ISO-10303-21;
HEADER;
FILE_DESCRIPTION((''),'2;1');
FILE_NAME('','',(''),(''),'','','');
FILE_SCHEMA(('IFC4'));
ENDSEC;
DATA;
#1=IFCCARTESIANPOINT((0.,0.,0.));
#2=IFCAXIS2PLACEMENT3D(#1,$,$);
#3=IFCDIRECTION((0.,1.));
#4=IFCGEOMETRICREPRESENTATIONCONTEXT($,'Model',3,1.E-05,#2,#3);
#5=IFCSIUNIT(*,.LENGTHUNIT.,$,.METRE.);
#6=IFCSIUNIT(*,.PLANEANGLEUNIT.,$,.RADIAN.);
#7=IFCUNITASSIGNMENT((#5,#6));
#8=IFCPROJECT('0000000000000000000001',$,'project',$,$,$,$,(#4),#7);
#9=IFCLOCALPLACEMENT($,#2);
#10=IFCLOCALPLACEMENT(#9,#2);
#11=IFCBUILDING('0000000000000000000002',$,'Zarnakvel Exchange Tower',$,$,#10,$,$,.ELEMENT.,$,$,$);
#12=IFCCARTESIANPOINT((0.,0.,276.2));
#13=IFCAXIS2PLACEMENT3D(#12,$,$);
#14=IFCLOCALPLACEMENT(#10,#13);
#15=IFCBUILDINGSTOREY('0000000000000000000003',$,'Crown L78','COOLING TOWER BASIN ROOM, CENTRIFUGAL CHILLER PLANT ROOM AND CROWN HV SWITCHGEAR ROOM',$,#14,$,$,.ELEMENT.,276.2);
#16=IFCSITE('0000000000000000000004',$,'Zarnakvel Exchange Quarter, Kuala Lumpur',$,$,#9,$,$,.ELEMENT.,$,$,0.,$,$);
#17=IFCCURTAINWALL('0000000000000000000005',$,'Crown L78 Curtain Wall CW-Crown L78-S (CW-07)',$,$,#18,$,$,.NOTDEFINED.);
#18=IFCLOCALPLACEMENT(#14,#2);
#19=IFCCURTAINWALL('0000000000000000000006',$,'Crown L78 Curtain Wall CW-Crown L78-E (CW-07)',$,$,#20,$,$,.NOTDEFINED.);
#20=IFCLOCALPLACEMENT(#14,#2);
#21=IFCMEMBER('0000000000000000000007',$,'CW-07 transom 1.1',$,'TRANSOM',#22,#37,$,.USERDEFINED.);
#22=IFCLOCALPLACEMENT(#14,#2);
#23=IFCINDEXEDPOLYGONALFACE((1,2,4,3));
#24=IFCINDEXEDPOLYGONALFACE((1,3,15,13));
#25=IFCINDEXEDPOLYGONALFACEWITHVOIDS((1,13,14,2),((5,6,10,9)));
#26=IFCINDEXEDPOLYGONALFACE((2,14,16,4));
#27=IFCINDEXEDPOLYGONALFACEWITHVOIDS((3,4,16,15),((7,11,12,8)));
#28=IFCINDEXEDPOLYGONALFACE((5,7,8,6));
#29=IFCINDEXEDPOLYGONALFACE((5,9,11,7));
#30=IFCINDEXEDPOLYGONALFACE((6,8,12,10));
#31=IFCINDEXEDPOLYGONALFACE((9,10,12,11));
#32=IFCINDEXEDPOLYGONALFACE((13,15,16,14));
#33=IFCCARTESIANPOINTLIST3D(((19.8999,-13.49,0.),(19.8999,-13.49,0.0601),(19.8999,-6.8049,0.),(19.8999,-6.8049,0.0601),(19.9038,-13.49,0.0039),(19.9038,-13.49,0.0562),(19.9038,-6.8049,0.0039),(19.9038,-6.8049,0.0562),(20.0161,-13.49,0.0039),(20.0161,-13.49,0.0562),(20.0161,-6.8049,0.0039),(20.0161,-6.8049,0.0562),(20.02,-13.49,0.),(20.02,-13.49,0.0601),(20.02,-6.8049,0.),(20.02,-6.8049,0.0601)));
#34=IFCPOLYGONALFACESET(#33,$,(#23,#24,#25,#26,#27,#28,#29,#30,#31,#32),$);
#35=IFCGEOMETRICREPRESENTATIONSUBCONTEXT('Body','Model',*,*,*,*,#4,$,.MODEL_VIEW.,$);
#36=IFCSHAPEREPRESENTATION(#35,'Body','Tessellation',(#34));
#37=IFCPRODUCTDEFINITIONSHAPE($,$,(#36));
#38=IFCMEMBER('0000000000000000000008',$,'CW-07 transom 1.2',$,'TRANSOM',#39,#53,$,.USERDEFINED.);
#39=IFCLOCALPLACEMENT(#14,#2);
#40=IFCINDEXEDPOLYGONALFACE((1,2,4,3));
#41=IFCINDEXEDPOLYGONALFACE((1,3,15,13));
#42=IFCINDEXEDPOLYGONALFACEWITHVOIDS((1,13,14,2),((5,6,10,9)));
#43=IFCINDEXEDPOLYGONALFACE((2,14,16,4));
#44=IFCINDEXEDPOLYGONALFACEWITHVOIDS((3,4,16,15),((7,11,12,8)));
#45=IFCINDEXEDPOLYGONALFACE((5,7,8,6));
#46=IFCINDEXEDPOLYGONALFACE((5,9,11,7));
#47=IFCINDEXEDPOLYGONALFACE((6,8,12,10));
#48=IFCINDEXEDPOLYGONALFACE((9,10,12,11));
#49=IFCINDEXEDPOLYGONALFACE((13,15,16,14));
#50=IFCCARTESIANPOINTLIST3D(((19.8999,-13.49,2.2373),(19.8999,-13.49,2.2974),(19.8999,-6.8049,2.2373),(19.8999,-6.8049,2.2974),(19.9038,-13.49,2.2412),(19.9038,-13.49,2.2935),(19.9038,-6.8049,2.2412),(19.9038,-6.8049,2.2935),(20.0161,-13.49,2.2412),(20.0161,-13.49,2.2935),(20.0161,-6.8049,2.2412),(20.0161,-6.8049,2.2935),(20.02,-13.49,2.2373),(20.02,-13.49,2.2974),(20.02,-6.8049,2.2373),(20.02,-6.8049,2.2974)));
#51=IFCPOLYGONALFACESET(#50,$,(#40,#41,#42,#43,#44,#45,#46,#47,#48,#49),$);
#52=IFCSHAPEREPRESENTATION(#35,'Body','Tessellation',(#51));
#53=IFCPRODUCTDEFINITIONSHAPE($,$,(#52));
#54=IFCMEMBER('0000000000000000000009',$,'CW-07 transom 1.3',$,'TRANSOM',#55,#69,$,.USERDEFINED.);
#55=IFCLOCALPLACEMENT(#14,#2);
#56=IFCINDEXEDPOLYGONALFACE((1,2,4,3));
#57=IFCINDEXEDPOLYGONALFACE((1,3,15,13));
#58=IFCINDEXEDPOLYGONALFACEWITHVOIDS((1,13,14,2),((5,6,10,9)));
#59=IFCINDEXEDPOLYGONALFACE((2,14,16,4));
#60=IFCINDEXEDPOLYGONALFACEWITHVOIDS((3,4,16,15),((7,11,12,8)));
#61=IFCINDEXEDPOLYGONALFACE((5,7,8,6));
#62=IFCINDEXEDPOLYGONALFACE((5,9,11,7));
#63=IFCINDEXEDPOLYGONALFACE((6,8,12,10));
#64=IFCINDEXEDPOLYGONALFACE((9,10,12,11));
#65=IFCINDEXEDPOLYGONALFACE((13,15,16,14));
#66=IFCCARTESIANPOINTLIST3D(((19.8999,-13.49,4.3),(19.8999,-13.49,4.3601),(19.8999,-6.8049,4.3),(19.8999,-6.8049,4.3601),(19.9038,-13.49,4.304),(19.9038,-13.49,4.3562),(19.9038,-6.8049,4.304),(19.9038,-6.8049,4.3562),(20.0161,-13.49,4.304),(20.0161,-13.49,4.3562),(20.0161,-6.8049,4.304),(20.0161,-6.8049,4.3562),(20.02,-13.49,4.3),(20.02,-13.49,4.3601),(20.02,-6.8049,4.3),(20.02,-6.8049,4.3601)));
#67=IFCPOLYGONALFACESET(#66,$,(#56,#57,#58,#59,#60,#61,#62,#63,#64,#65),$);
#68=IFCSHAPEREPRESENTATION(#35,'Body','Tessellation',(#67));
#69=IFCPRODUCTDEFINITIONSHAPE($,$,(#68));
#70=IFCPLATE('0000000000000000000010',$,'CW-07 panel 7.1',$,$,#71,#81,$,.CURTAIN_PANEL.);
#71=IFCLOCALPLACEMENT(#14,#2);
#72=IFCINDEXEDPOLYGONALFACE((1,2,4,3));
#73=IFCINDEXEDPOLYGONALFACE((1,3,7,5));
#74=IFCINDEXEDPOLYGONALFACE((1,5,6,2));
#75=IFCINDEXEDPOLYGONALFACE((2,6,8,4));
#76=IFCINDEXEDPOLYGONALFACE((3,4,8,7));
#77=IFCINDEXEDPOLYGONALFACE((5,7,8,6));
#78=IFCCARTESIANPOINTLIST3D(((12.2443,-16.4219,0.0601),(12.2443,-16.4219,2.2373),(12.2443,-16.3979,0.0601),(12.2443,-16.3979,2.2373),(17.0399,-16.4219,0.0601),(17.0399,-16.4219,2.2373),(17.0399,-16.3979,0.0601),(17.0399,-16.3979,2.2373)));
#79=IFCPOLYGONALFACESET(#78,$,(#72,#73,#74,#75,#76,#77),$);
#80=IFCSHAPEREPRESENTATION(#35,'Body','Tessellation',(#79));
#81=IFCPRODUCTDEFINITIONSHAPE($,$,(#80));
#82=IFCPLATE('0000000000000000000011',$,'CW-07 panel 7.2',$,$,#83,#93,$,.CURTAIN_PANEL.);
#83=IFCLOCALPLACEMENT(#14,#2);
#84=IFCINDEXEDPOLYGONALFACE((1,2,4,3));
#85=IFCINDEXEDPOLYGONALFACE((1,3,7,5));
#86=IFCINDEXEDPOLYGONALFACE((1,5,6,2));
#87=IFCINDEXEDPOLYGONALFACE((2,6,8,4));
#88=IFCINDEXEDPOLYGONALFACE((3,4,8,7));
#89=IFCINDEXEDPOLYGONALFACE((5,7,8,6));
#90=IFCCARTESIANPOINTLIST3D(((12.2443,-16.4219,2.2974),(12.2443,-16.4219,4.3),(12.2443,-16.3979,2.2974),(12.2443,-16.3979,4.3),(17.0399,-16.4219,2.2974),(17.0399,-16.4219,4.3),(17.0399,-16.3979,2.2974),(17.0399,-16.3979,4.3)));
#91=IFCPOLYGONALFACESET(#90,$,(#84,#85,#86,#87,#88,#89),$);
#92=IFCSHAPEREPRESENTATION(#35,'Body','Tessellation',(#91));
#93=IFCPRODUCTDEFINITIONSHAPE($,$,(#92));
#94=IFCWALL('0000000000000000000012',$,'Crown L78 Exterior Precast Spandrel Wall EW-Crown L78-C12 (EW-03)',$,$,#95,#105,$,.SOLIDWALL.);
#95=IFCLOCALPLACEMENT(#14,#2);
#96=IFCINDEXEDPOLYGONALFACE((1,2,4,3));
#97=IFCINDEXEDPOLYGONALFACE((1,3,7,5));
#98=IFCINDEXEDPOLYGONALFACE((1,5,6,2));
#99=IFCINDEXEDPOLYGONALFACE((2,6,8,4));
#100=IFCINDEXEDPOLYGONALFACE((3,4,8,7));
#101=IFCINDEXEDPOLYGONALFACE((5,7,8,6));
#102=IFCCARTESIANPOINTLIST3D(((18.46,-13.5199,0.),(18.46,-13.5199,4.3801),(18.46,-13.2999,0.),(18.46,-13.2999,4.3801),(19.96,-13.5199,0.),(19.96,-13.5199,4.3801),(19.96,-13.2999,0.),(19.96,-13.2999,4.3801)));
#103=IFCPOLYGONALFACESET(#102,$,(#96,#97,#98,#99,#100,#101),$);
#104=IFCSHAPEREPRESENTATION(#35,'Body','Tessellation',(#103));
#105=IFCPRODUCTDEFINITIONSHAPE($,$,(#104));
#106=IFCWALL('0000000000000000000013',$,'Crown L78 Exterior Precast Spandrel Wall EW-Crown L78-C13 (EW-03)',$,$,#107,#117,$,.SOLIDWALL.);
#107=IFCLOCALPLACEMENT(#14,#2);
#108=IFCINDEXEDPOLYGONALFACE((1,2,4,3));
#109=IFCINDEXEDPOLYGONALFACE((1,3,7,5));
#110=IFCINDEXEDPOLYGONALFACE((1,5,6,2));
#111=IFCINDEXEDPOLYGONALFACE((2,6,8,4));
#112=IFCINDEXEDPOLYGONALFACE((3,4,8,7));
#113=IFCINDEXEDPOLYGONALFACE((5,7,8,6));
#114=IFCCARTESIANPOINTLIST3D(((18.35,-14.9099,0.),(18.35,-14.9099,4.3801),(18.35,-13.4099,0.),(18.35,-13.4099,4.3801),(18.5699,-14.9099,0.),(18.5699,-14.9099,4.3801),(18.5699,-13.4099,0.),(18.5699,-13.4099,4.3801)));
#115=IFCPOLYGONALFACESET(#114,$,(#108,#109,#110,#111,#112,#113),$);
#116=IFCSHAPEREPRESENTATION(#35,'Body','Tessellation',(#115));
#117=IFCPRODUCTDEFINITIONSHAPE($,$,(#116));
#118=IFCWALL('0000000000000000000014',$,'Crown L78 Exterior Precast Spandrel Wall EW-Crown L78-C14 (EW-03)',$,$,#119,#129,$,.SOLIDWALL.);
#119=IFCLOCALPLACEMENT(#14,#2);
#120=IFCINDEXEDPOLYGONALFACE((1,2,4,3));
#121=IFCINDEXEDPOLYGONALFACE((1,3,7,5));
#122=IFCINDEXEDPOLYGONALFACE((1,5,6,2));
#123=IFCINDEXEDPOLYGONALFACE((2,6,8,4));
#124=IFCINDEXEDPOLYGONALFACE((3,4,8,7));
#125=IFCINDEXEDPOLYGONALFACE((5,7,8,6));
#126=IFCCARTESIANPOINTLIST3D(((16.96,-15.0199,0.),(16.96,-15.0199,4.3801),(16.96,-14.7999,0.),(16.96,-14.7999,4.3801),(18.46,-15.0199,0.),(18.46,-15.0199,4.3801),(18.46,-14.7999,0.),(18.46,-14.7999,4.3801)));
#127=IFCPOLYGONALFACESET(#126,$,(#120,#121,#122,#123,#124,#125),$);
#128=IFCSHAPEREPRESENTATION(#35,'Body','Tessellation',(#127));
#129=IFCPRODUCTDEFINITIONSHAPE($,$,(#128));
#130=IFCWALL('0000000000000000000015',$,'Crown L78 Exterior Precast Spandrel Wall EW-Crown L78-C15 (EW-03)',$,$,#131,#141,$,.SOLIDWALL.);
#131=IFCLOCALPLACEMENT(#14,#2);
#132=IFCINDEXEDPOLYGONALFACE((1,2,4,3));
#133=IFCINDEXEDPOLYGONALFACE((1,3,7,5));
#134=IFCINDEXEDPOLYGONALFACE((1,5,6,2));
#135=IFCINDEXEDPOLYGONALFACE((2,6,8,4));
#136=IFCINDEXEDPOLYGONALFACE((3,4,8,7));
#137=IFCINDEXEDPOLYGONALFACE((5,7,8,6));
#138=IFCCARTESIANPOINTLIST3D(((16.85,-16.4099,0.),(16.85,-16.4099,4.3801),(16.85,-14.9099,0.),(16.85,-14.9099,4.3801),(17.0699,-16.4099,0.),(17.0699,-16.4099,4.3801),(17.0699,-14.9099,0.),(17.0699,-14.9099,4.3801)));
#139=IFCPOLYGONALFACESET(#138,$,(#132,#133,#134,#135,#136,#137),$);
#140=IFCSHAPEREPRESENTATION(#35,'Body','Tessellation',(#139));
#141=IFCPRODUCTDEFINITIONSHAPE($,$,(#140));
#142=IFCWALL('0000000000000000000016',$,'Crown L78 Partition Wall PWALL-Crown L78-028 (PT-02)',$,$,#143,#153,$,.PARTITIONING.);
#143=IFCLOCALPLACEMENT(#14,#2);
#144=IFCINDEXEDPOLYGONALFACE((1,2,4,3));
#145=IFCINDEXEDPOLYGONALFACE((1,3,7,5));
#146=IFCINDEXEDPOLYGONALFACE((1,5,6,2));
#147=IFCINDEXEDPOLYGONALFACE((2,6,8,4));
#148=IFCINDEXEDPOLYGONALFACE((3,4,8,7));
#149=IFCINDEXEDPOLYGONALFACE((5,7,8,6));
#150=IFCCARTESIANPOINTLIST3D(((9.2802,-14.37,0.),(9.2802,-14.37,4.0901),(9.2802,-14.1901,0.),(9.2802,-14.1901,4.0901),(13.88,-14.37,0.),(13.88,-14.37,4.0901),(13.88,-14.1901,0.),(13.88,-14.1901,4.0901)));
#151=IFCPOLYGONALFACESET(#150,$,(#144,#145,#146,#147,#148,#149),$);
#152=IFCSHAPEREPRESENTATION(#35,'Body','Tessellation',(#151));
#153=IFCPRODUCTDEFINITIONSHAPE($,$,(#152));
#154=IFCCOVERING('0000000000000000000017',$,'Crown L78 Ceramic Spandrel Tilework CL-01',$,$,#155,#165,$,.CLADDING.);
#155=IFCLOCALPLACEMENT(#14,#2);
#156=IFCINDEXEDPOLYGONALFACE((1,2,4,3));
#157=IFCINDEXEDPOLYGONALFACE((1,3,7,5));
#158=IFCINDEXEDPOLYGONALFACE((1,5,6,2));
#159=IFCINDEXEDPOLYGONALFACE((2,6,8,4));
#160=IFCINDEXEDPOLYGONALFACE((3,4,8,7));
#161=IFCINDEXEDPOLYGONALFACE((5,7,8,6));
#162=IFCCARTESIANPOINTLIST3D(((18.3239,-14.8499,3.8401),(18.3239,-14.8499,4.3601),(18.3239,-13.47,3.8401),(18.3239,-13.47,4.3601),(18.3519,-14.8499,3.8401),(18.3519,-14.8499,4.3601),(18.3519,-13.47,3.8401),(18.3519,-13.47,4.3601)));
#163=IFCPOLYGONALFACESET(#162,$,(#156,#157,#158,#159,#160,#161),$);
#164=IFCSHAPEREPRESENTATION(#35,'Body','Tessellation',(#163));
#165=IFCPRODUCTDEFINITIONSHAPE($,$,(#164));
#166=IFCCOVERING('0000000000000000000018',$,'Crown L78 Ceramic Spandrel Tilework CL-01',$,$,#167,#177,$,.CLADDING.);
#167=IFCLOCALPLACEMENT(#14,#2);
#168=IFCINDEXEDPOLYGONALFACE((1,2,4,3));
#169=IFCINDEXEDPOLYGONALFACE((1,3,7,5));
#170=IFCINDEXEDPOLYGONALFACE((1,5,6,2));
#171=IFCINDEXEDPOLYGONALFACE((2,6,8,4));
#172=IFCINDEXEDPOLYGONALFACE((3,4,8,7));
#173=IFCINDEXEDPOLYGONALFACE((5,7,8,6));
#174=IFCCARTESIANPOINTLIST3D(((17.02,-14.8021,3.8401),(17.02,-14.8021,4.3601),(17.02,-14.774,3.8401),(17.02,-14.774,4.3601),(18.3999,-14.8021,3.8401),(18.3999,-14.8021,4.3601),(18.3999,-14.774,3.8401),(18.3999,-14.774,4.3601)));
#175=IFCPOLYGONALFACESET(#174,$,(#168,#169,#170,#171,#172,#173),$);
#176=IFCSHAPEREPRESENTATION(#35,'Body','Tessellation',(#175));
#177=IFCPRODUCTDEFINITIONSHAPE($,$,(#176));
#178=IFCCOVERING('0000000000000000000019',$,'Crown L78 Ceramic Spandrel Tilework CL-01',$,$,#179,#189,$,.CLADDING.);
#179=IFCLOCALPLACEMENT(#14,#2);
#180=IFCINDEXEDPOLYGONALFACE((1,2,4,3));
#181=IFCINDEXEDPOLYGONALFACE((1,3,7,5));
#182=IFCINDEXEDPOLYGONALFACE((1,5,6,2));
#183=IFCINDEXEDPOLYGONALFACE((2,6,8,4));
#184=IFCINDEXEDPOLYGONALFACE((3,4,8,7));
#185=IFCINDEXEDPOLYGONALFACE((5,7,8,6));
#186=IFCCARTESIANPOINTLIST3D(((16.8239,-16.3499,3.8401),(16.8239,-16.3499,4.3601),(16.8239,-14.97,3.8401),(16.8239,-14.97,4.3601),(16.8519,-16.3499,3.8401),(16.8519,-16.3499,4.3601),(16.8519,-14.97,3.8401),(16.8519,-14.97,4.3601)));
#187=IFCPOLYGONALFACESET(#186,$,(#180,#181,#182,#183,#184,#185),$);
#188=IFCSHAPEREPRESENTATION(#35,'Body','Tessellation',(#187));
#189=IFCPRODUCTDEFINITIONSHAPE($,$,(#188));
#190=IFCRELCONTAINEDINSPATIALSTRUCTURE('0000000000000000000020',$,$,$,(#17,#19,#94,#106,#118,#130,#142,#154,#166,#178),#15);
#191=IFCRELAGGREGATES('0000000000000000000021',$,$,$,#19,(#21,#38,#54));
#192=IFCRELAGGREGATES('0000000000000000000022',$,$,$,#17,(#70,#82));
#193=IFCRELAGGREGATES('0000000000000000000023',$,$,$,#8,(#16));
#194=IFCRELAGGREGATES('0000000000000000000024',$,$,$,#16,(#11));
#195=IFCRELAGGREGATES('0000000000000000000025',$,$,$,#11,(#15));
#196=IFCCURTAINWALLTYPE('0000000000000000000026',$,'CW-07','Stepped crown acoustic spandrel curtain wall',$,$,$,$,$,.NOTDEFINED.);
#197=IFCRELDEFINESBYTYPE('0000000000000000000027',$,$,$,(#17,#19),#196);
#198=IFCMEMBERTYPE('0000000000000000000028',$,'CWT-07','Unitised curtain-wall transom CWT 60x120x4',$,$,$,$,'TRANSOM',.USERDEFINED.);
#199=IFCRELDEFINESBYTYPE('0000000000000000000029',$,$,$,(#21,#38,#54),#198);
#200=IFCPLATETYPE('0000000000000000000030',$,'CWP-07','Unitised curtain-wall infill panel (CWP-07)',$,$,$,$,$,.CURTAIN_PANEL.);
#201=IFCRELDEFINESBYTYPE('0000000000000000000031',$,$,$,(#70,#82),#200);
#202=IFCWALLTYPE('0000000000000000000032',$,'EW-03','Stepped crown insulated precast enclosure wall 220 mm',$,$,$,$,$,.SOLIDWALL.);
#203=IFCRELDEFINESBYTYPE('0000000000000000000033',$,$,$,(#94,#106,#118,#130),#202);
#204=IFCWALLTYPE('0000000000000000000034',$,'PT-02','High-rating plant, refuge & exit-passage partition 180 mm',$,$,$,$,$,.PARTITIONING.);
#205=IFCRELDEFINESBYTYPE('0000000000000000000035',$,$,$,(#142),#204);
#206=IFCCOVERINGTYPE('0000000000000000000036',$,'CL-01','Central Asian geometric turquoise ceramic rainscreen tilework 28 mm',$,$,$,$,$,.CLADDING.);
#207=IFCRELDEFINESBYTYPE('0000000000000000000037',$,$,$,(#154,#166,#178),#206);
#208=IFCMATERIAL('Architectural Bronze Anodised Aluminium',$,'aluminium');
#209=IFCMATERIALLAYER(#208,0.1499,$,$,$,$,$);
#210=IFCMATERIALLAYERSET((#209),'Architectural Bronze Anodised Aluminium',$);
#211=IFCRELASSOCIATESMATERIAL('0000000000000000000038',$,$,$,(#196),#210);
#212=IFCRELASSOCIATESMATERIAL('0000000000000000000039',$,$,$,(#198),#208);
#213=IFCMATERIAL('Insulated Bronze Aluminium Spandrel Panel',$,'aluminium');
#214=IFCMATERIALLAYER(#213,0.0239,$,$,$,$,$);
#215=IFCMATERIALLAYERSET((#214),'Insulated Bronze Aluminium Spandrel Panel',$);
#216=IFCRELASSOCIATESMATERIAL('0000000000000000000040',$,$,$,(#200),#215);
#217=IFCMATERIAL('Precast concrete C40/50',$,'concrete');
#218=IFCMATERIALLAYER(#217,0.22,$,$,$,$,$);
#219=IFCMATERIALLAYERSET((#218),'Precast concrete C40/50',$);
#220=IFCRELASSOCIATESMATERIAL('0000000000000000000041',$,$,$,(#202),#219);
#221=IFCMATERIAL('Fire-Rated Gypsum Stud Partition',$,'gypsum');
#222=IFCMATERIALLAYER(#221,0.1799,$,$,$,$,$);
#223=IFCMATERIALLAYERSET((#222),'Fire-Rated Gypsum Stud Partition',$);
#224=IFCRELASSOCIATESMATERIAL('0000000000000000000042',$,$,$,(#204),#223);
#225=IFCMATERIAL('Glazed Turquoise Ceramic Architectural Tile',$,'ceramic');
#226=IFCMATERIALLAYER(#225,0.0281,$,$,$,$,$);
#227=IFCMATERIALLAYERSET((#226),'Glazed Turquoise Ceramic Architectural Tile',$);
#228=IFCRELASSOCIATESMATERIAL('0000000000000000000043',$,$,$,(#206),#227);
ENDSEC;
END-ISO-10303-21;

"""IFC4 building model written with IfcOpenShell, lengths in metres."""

from ifc_helpers import new_model, si_unit, direction, frame, frame_2d, origin, origin_2d, place, context, subcontext, project, spatial, rectangle, hollow_rectangle, extrude, source, transform, mapped, material, layer, layer_set, material_profile, profile_set, type_object, element, aggregate, save


model = new_model("IFC4")

# Units and contexts
model_context = context("Model", 3, precision=1e-05, world=origin(), true_north=direction((0.0, 1.0)))
body_context = subcontext(model_context, "Body", "Model", "MODEL_VIEW")
ifc_project = project(units=[si_unit("LENGTHUNIT", "METRE"), si_unit("PLANEANGLEUNIT", "RADIAN")], contexts=[model_context])

# Site, building, storey
site_placement = place(None, origin())
site = spatial("IfcSite", under=ifc_project, at=site_placement, Name="Zarnakvel Exchange Quarter, Kuala Lumpur", CompositionType="ELEMENT", RefElevation=0.0)
building_placement = place(site_placement, origin())
building = spatial("IfcBuilding", under=site, at=building_placement, Name="Zarnakvel Exchange Tower", CompositionType="ELEMENT")
storey_placement = place(building_placement, frame((0.0, 0.0, 276.2)))
storey = spatial("IfcBuildingStorey", under=building, at=storey_placement, Name="Crown L78", Description="COOLING TOWER BASIN ROOM, CENTRIFUGAL CHILLER PLANT ROOM AND CROWN HV SWITCHGEAR ROOM", CompositionType="ELEMENT", Elevation=276.2)

# Curtain walls
ifc_material_1 = material(Name="Architectural Bronze Anodised Aluminium", Category="aluminium")
ifc_layer_1 = layer(ifc_material_1, 0.1499)
ifc_layer_set_1 = layer_set([ifc_layer_1], Name="Architectural Bronze Anodised Aluminium")
curtain_wall_type = type_object("IfcCurtainWallType", Name="CW-07", Description="Stepped crown acoustic spandrel curtain wall", PredefinedType="NOTDEFINED", material=ifc_layer_set_1)
curtain_wall_1_placement = place(storey_placement, origin())
curtain_wall_1 = element("IfcCurtainWall", 1, at=curtain_wall_1_placement, inside=storey, type_object=curtain_wall_type, Name="Crown L78 Curtain Wall CW-Crown L78-S (CW-07)", PredefinedType="NOTDEFINED")
curtain_wall_2_placement = place(storey_placement, origin())
curtain_wall_2 = element("IfcCurtainWall", 2, at=curtain_wall_2_placement, inside=storey, type_object=curtain_wall_type, Name="Crown L78 Curtain Wall CW-Crown L78-E (CW-07)", PredefinedType="NOTDEFINED")

# Members
ifc_material_profile_1 = material_profile(ifc_material_1, hollow_rectangle(XDim=0.1201, YDim=0.0601, WallThickness=0.0039, at=origin_2d()))
ifc_profile_set_1 = profile_set([ifc_material_profile_1], Name="Architectural Bronze Anodised Aluminium")
member_type_1 = type_object("IfcMemberType", Name="CWT-07", Description="Unitised curtain-wall transom CWT 60x120x4", ElementType="TRANSOM", PredefinedType="USERDEFINED", material=ifc_profile_set_1)
shared_shape_1 = source(origin(), body_context, "Body", "SweptSolid", [
    extrude(hollow_rectangle(XDim=0.1201, YDim=0.0601, WallThickness=0.0039, at=origin_2d()), origin(), (0.0, 0.0, 1.0), 6.6851),
])
member_1_placement = place(storey_placement, frame((19.96, -13.49, 0.03), z_axis=(0.0, 1.0, 0.0), x_axis=(-1.0, 0.0, 0.0)))
member_1 = element("IfcMember", 3, at=member_1_placement, type_object=member_type_1, Name="CW-07 transom 1.1", ObjectType="TRANSOM", PredefinedType="USERDEFINED", context=body_context, shape_type="MappedRepresentation", body=[
    mapped(shared_shape_1, transform((0.0, 0.0, 0.0), x_axis=(1.0, 0.0, 0.0), y_axis=(0.0, 1.0, 0.0), z_axis=(0.0, 0.0, 1.0), scale=1.0)),
])
member_2_placement = place(storey_placement, frame((19.96, -13.49, 2.2673), z_axis=(0.0, 1.0, 0.0), x_axis=(-1.0, 0.0, 0.0)))
member_2 = element("IfcMember", 4, at=member_2_placement, type_object=member_type_1, Name="CW-07 transom 1.2", ObjectType="TRANSOM", PredefinedType="USERDEFINED", context=body_context, shape_type="MappedRepresentation", body=[
    mapped(shared_shape_1, transform((0.0, 0.0, 0.0), x_axis=(1.0, 0.0, 0.0), y_axis=(0.0, 1.0, 0.0), z_axis=(0.0, 0.0, 1.0), scale=1.0)),
])
member_3_placement = place(storey_placement, frame((19.96, -13.49, 4.3301), z_axis=(0.0, 1.0, 0.0), x_axis=(-1.0, 0.0, 0.0)))
member_3 = element("IfcMember", 5, at=member_3_placement, type_object=member_type_1, Name="CW-07 transom 1.3", ObjectType="TRANSOM", PredefinedType="USERDEFINED", context=body_context, shape_type="MappedRepresentation", body=[
    mapped(shared_shape_1, transform((0.0, 0.0, 0.0), x_axis=(1.0, 0.0, 0.0), y_axis=(0.0, 1.0, 0.0), z_axis=(0.0, 0.0, 1.0), scale=1.0)),
])
aggregate(curtain_wall_2, [member_1, member_2, member_3])

# Plates
ifc_material_2 = material(Name="Insulated Bronze Aluminium Spandrel Panel", Category="aluminium")
ifc_layer_2 = layer(ifc_material_2, 0.0239)
ifc_layer_set_2 = layer_set([ifc_layer_2], Name="Insulated Bronze Aluminium Spandrel Panel")
plate_type = type_object("IfcPlateType", Name="CWP-07", Description="Unitised curtain-wall infill panel (CWP-07)", PredefinedType="CURTAIN_PANEL", material=ifc_layer_set_2)
shared_shape_2 = source(origin(), body_context, "Body", "SweptSolid", [
    extrude(rectangle(XDim=4.7957, YDim=0.0239, at=origin_2d()), origin(), (0.0, 0.0, 1.0), 2.1772),
])
plate_1_placement = place(storey_placement, frame((14.6421, -16.4099, 0.0601), z_axis=(0.0, 0.0, 1.0), x_axis=(1.0, 0.0, 0.0)))
plate_1 = element("IfcPlate", 6, at=plate_1_placement, type_object=plate_type, Name="CW-07 panel 7.1", PredefinedType="CURTAIN_PANEL", context=body_context, shape_type="MappedRepresentation", body=[
    mapped(shared_shape_2, transform((0.0, 0.0, 0.0), x_axis=(1.0, 0.0, 0.0), y_axis=(0.0, 1.0, 0.0), z_axis=(0.0, 0.0, 1.0), scale=1.0)),
])
shared_shape_3 = source(origin(), body_context, "Body", "SweptSolid", [
    extrude(rectangle(XDim=4.7957, YDim=0.0239, at=origin_2d()), origin(), (0.0, 0.0, 1.0), 2.0027),
])
plate_2_placement = place(storey_placement, frame((14.6421, -16.4099, 2.2974), z_axis=(0.0, 0.0, 1.0), x_axis=(1.0, 0.0, 0.0)))
plate_2 = element("IfcPlate", 7, at=plate_2_placement, type_object=plate_type, Name="CW-07 panel 7.2", PredefinedType="CURTAIN_PANEL", context=body_context, shape_type="MappedRepresentation", body=[
    mapped(shared_shape_3, transform((0.0, 0.0, 0.0), x_axis=(1.0, 0.0, 0.0), y_axis=(0.0, 1.0, 0.0), z_axis=(0.0, 0.0, 1.0), scale=1.0)),
])
aggregate(curtain_wall_1, [plate_1, plate_2])

# Walls
ifc_material_3 = material(Name="Precast concrete C40/50", Category="concrete")
ifc_layer_3 = layer(ifc_material_3, 0.22)
ifc_layer_set_3 = layer_set([ifc_layer_3], Name="Precast concrete C40/50")
wall_type_1 = type_object("IfcWallType", Name="EW-03", Description="Stepped crown insulated precast enclosure wall 220 mm", PredefinedType="SOLIDWALL", material=ifc_layer_set_3)
for number, where, z_axis, x_axis, name in (
    (8, (18.46, -13.4099, 0.0), (0.0, 0.0, 1.0), (1.0, 0.0, 0.0), "Crown L78 Exterior Precast Spandrel Wall EW-Crown L78-C12 (EW-03)"),
    (9, (18.46, -14.9099, 0.0), (0.0, 0.0, 1.0), (0.0, 1.0, 0.0), "Crown L78 Exterior Precast Spandrel Wall EW-Crown L78-C13 (EW-03)"),
    (10, (16.96, -14.9099, 0.0), (0.0, 0.0, 1.0), (1.0, 0.0, 0.0), "Crown L78 Exterior Precast Spandrel Wall EW-Crown L78-C14 (EW-03)"),
    (11, (16.96, -16.4099, 0.0), (0.0, 0.0, 1.0), (0.0, 1.0, 0.0), "Crown L78 Exterior Precast Spandrel Wall EW-Crown L78-C15 (EW-03)"),
):
    element("IfcWall", number, at=place(storey_placement, frame(where, z_axis=z_axis, x_axis=x_axis)), inside=storey, type_object=wall_type_1, Name=name, PredefinedType="SOLIDWALL", context=body_context, shape_type="SweptSolid", body=[
        extrude(rectangle(XDim=1.5, YDim=0.22, at=frame_2d((0.75, 0.0))), origin(), (0.0, 0.0, 1.0), 4.3801),
    ])
ifc_material_4 = material(Name="Fire-Rated Gypsum Stud Partition", Category="gypsum")
ifc_layer_4 = layer(ifc_material_4, 0.1799)
ifc_layer_set_4 = layer_set([ifc_layer_4], Name="Fire-Rated Gypsum Stud Partition")
wall_type_2 = type_object("IfcWallType", Name="PT-02", Description="High-rating plant, refuge & exit-passage partition 180 mm", PredefinedType="PARTITIONING", material=ifc_layer_set_4)
wall_placement = place(storey_placement, frame((13.8799, -14.28, 0.0), z_axis=(0.0, 0.0, 1.0), x_axis=(-1.0, 0.0, 0.0)))
element("IfcWall", 12, at=wall_placement, inside=storey, type_object=wall_type_2, Name="Crown L78 Partition Wall PWALL-Crown L78-028 (PT-02)", PredefinedType="PARTITIONING", context=body_context, shape_type="SweptSolid", body=[
    extrude(rectangle(XDim=4.5999, YDim=0.1799, at=frame_2d((2.2998, 0.0))), origin(), (0.0, 0.0, 1.0), 4.0901),
])

# Coverings
ifc_material_5 = material(Name="Glazed Turquoise Ceramic Architectural Tile", Category="ceramic")
ifc_layer_5 = layer(ifc_material_5, 0.0281)
ifc_layer_set_5 = layer_set([ifc_layer_5], Name="Glazed Turquoise Ceramic Architectural Tile")
covering_type = type_object("IfcCoveringType", Name="CL-01", Description="Central Asian geometric turquoise ceramic rainscreen tilework 28 mm", PredefinedType="CLADDING", material=ifc_layer_set_5)
shared_shape_4 = source(origin(), body_context, "Body", "SweptSolid", [
    extrude(rectangle(XDim=1.3799, YDim=0.0281, at=origin_2d()), origin(), (0.0, 0.0, 1.0), 0.52),
])
for number, where, z_axis, x_axis, name in (
    (13, (18.3379, -14.1599, 3.8401), (0.0, 0.0, 1.0), (0.0, 1.0, 0.0), "Crown L78 Ceramic Spandrel Tilework CL-01"),
    (14, (17.71, -14.7881, 3.8401), (0.0, 0.0, 1.0), (1.0, 0.0, 0.0), "Crown L78 Ceramic Spandrel Tilework CL-01"),
    (15, (16.8379, -15.6599, 3.8401), (0.0, 0.0, 1.0), (0.0, 1.0, 0.0), "Crown L78 Ceramic Spandrel Tilework CL-01"),
):
    element("IfcCovering", number, at=place(storey_placement, frame(where, z_axis=z_axis, x_axis=x_axis)), inside=storey, type_object=covering_type, Name=name, PredefinedType="CLADDING", context=body_context, shape_type="MappedRepresentation", body=[
        mapped(shared_shape_4, transform((0.0, 0.0, 0.0), x_axis=(1.0, 0.0, 0.0), y_axis=(0.0, 1.0, 0.0), z_axis=(0.0, 0.0, 1.0), scale=1.0)),
    ])

save(model, "model.ifc")
